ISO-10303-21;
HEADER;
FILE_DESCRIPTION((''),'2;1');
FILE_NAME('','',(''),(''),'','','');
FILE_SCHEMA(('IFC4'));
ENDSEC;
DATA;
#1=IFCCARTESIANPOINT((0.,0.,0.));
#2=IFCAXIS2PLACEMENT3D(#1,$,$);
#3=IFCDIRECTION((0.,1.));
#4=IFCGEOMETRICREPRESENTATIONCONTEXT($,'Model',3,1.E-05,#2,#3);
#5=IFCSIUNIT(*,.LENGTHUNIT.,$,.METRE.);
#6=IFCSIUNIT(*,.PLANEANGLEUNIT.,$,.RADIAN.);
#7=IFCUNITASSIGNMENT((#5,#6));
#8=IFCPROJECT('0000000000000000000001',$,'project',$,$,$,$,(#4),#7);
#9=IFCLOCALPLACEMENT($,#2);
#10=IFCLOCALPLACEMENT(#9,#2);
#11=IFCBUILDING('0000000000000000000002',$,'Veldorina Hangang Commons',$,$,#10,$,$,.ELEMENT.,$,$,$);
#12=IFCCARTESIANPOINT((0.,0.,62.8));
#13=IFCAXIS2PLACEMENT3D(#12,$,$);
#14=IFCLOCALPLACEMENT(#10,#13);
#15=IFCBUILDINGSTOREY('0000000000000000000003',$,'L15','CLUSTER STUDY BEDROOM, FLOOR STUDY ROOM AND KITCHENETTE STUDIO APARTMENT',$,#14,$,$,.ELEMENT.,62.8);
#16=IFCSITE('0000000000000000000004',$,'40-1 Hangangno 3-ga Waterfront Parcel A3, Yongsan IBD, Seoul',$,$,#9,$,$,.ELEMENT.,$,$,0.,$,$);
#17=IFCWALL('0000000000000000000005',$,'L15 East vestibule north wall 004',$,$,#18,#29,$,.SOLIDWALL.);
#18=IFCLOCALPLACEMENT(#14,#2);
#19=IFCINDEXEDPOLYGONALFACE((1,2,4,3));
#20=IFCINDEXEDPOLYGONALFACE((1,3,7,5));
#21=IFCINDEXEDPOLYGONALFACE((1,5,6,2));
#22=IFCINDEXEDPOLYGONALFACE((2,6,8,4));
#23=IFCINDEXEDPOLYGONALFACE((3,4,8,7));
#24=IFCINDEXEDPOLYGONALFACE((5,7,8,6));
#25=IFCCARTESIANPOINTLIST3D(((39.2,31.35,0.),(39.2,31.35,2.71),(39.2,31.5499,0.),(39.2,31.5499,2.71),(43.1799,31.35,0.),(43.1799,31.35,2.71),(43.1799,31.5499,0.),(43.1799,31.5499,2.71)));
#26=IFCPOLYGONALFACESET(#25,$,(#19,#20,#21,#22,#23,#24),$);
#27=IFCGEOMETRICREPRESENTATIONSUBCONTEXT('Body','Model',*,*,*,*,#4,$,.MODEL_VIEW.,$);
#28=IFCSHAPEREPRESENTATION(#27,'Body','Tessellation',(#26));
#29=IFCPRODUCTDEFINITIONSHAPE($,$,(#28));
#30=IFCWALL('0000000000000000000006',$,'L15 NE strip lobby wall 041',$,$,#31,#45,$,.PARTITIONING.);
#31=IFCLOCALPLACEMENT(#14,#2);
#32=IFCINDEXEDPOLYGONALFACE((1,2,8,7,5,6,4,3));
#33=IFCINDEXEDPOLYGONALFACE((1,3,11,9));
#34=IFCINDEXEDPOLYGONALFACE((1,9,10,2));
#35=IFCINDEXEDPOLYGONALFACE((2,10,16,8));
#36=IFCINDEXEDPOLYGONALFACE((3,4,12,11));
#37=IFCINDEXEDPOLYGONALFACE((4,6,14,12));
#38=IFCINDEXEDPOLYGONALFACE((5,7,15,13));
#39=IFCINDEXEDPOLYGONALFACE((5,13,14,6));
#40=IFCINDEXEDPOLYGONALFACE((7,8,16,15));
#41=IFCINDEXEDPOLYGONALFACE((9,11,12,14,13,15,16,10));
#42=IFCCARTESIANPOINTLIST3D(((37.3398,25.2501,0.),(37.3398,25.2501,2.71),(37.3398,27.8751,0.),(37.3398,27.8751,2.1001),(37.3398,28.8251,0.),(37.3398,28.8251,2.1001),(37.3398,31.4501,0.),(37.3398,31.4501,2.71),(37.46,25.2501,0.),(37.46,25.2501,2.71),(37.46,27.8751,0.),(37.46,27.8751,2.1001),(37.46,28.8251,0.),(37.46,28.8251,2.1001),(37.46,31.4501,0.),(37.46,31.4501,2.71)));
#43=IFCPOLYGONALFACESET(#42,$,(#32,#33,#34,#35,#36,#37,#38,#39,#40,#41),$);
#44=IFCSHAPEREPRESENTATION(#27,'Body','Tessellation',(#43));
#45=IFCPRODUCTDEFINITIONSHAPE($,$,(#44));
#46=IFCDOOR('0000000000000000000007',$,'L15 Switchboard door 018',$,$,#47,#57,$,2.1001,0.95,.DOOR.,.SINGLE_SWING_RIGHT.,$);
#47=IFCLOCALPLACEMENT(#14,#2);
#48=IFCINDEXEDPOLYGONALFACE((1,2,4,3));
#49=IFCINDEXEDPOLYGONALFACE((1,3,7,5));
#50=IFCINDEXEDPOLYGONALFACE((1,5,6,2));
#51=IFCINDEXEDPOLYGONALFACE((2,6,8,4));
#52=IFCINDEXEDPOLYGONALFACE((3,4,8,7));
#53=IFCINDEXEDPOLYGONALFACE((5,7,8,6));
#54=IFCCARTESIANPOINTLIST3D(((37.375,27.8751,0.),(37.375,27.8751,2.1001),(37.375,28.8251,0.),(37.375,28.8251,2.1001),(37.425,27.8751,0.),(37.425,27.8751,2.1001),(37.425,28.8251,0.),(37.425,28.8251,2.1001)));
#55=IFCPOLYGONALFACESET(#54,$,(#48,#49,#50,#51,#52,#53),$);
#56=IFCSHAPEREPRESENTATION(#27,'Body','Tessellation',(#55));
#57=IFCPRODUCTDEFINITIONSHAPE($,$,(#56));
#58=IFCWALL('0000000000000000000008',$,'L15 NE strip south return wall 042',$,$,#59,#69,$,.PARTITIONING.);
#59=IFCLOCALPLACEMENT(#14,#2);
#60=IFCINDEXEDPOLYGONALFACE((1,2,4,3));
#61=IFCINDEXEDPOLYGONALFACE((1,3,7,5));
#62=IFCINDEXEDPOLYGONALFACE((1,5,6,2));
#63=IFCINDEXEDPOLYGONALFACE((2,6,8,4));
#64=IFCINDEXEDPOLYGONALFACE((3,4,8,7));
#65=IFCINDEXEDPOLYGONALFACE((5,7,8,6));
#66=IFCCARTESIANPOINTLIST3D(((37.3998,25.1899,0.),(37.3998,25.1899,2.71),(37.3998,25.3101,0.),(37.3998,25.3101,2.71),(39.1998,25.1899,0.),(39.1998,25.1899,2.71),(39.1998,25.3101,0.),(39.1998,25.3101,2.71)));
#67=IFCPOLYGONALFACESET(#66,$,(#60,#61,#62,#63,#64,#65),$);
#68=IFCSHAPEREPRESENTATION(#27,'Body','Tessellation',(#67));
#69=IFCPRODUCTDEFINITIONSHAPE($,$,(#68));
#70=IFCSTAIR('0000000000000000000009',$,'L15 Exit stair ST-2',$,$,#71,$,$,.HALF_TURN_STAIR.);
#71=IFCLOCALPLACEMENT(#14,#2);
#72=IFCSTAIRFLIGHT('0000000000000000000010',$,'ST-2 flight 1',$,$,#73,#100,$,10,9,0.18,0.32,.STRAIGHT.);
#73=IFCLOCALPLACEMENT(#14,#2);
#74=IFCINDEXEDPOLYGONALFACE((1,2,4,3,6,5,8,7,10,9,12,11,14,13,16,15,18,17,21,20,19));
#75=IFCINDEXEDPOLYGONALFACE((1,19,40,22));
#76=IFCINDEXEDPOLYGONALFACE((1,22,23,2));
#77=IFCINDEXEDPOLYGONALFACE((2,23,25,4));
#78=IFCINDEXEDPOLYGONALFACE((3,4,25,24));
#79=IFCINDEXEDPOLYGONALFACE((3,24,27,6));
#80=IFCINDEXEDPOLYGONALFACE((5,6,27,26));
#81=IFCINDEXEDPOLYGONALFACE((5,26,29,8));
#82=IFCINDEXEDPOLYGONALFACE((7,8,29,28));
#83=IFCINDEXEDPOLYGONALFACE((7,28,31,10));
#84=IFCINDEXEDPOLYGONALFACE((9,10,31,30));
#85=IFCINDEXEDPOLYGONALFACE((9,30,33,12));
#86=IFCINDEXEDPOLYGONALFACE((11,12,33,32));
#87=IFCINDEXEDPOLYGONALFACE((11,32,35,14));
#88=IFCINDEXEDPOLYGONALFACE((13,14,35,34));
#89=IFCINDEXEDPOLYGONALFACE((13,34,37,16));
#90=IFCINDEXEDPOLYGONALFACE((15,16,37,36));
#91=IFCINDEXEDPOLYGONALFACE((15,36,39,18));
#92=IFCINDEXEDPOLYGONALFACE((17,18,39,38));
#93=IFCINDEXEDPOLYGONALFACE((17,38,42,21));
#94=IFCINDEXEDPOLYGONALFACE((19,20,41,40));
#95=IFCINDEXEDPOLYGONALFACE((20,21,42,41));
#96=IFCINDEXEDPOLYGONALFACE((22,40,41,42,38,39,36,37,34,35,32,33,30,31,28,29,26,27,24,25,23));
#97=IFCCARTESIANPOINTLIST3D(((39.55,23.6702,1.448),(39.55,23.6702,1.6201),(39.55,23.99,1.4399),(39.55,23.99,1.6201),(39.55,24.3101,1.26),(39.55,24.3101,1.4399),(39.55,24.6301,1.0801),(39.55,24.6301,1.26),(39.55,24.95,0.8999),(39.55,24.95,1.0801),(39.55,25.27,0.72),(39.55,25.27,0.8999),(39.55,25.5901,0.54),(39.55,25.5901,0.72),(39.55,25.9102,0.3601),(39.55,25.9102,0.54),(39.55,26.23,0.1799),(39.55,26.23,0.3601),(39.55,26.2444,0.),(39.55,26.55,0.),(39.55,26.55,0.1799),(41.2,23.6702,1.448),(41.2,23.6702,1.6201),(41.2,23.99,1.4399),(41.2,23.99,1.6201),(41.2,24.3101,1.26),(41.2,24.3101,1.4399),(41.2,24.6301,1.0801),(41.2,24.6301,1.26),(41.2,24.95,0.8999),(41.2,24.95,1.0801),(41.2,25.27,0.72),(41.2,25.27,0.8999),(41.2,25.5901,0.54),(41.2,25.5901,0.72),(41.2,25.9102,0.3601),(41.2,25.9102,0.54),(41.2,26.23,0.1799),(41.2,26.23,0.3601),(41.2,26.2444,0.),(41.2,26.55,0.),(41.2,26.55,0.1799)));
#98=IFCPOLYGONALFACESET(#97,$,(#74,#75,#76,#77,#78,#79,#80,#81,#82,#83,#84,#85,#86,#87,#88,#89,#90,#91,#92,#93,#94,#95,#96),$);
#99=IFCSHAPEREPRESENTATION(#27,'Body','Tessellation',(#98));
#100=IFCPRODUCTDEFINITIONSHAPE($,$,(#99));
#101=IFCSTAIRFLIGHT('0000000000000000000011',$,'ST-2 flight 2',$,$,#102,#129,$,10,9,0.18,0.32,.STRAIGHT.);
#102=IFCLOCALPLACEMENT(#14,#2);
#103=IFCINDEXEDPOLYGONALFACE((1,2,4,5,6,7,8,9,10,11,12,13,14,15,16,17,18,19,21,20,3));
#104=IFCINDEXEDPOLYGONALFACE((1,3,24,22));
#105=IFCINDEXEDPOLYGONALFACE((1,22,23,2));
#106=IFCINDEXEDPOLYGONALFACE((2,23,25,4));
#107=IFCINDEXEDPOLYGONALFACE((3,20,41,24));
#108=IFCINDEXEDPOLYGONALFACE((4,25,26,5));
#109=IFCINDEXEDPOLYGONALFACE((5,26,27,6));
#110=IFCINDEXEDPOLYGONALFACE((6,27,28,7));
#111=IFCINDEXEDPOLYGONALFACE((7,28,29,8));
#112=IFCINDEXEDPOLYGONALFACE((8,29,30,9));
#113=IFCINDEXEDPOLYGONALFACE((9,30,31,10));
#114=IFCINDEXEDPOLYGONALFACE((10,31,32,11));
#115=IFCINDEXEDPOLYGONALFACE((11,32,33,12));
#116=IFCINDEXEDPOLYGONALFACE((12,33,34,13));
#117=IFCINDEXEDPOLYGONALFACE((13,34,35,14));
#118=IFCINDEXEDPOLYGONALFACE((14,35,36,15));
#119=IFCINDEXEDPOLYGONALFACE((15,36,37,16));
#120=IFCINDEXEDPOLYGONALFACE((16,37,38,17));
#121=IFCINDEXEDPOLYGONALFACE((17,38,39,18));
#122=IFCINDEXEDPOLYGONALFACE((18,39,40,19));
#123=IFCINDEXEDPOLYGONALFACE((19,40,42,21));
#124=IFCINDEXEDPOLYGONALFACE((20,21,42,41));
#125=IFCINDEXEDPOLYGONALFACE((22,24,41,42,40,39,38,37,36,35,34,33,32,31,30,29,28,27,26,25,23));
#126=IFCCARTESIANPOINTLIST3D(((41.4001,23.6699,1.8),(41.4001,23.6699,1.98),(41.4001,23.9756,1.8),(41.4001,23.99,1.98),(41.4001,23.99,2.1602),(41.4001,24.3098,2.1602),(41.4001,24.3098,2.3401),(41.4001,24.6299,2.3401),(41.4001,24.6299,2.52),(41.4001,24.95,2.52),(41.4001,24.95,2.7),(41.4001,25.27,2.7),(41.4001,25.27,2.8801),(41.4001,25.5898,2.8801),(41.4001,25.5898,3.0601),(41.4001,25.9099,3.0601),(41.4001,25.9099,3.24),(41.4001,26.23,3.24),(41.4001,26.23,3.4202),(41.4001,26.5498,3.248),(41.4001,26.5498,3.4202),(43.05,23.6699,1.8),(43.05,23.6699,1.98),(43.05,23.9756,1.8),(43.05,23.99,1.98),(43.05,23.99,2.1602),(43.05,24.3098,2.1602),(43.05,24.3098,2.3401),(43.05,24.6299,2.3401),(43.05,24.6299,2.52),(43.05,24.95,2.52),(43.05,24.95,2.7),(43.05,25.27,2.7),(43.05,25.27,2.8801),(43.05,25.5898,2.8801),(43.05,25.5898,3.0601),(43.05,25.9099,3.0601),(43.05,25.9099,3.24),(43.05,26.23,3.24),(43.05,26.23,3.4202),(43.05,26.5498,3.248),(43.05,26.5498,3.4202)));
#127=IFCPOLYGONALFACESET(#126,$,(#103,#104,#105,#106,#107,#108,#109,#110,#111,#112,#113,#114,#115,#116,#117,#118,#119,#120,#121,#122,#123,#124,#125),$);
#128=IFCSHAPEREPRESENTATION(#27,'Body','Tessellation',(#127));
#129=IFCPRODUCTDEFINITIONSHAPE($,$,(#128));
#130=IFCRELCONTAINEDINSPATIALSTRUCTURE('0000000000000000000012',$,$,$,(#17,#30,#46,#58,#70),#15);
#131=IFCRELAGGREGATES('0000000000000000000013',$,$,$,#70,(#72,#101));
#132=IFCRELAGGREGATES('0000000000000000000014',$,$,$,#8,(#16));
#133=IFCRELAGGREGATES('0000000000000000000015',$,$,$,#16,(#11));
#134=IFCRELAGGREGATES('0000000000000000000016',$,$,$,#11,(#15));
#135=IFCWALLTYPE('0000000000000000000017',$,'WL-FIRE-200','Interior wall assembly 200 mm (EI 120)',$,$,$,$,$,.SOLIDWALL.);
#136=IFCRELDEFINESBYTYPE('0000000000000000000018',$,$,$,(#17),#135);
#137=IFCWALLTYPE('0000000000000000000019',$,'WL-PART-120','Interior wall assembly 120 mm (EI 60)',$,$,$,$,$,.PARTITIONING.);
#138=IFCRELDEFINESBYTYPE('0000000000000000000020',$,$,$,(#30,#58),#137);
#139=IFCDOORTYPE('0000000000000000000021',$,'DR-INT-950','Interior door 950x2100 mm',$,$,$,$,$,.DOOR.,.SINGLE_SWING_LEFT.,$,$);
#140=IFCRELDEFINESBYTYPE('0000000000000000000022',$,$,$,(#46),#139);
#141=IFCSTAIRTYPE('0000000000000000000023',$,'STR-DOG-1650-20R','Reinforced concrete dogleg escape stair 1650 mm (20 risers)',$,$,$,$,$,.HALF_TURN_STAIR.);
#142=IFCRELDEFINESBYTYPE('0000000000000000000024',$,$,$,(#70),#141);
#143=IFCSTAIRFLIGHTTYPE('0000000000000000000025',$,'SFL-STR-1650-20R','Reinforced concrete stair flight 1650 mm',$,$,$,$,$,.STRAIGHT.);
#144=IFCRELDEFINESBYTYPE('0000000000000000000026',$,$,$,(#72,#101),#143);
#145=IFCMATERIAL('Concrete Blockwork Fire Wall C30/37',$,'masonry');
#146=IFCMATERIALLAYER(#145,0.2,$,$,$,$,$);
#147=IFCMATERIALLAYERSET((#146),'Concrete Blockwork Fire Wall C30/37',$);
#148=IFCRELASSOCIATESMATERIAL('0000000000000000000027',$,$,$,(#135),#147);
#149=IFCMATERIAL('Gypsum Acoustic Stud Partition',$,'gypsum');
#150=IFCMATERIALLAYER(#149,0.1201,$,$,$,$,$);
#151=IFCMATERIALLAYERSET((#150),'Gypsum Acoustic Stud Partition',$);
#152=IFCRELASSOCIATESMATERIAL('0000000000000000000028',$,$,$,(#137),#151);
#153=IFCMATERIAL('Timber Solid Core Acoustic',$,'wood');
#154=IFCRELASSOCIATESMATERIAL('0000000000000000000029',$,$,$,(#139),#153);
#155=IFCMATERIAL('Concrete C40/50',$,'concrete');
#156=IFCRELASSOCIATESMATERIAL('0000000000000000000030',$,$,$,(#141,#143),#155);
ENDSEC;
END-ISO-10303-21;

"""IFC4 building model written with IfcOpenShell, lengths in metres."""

from ifc_helpers import new_model, si_unit, direction, frame, frame_2d, origin, place, context, subcontext, project, spatial, polyline, rectangle, outline, extrude, material, layer, layer_set, type_object, element, fill, aggregate, save


model = new_model("IFC4")

# Units and contexts
model_context = context("Model", 3, precision=1e-05, world=origin(), true_north=direction((0.0, 1.0)))
body_context = subcontext(model_context, "Body", "Model", "MODEL_VIEW")
ifc_project = project(units=[si_unit("LENGTHUNIT", "METRE"), si_unit("PLANEANGLEUNIT", "RADIAN")], contexts=[model_context])

# Site, building, storey
site_placement = place(None, origin())
site = spatial("IfcSite", under=ifc_project, at=site_placement, Name="40-1 Hangangno 3-ga Waterfront Parcel A3, Yongsan IBD, Seoul", CompositionType="ELEMENT", RefElevation=0.0)
building_placement = place(site_placement, origin())
building = spatial("IfcBuilding", under=site, at=building_placement, Name="Veldorina Hangang Commons", CompositionType="ELEMENT")
storey_placement = place(building_placement, frame((0.0, 0.0, 62.8)))
storey = spatial("IfcBuildingStorey", under=building, at=storey_placement, Name="L15", Description="CLUSTER STUDY BEDROOM, FLOOR STUDY ROOM AND KITCHENETTE STUDIO APARTMENT", CompositionType="ELEMENT", Elevation=62.8)

# Shared definitions
ifc_material_1 = material(Name="Concrete Blockwork Fire Wall C30/37", Category="masonry")
ifc_layer_1 = layer(ifc_material_1, 0.2)
ifc_layer_set_1 = layer_set([ifc_layer_1], Name="Concrete Blockwork Fire Wall C30/37")
wall_type_1 = type_object("IfcWallType", Name="WL-FIRE-200", Description="Interior wall assembly 200 mm (EI 120)", PredefinedType="SOLIDWALL", material=ifc_layer_set_1)

# Wall
wall_1_placement = place(storey_placement, frame((39.2, 31.45, 0.0), z_axis=(0.0, 0.0, 1.0), x_axis=(1.0, 0.0, 0.0)))
element("IfcWall", 1, at=wall_1_placement, inside=storey, type_object=wall_type_1, Name="L15 East vestibule north wall 004", PredefinedType="SOLIDWALL", context=body_context, shape_type="SweptSolid", body=[
    extrude(rectangle(XDim=3.98, YDim=0.2, at=frame_2d((1.99, 0.0))), origin(), (0.0, 0.0, 1.0), 2.71),
])

# Wall, opening, door
ifc_material_2 = material(Name="Gypsum Acoustic Stud Partition", Category="gypsum")
ifc_layer_2 = layer(ifc_material_2, 0.1201)
ifc_layer_set_2 = layer_set([ifc_layer_2], Name="Gypsum Acoustic Stud Partition")
wall_type_2 = type_object("IfcWallType", Name="WL-PART-120", Description="Interior wall assembly 120 mm (EI 60)", PredefinedType="PARTITIONING", material=ifc_layer_set_2)
wall_2_placement = place(storey_placement, frame((37.3999, 25.25, 0.0), z_axis=(0.0, 0.0, 1.0), x_axis=(0.0, 1.0, 0.0)))
wall_2 = element("IfcWall", 2, at=wall_2_placement, inside=storey, type_object=wall_type_2, Name="L15 NE strip lobby wall 041", PredefinedType="PARTITIONING", context=body_context, shape_type="SweptSolid", body=[
    extrude(rectangle(XDim=6.2, YDim=0.1201, at=frame_2d((3.1001, 0.0))), origin(), (0.0, 0.0, 1.0), 2.71),
])
opening_1_placement = place(wall_2_placement, frame((2.625, 0.0, 0.0)))
opening_1 = element("IfcOpeningElement", 3, at=opening_1_placement, cuts=wall_2, PredefinedType="OPENING", context=body_context, shape_type="SweptSolid", body=[
    extrude(rectangle(XDim=0.95, YDim=2.1001, at=frame_2d((0.4751, 1.05))), frame((0.0, 0.0701, 0.0), z_axis=(0.0, -1.0, 0.0), x_axis=(1.0, 0.0, 0.0)), (0.0, 0.0, 1.0), 0.1401),
])
ifc_material_3 = material(Name="Timber Solid Core Acoustic", Category="wood")
door_type_1 = type_object("IfcDoorType", Name="DR-INT-950", Description="Interior door 950x2100 mm", OperationType="SINGLE_SWING_LEFT", PredefinedType="DOOR", material=ifc_material_3)
door_1_placement = place(opening_1_placement, origin())
door_1 = element("IfcDoor", 4, at=door_1_placement, inside=storey, type_object=door_type_1, Name="L15 Switchboard door 018", OperationType="SINGLE_SWING_RIGHT", OverallHeight=2.1001, OverallWidth=0.95, PredefinedType="DOOR", context=body_context, shape_type="SweptSolid", body=[
    extrude(rectangle(XDim=0.95, YDim=2.1001, at=frame_2d((0.4751, 1.05))), frame((0.0, 0.0249, 0.0), z_axis=(0.0, -1.0, 0.0), x_axis=(1.0, 0.0, 0.0)), (0.0, 0.0, 1.0), 0.05),
])
fill(opening_1, door_1)

# Wall
wall_3_placement = place(storey_placement, frame((37.3999, 25.25, 0.0), z_axis=(0.0, 0.0, 1.0), x_axis=(1.0, 0.0, 0.0)))
element("IfcWall", 5, at=wall_3_placement, inside=storey, type_object=wall_type_2, Name="L15 NE strip south return wall 042", PredefinedType="PARTITIONING", context=body_context, shape_type="SweptSolid", body=[
    extrude(rectangle(XDim=1.8, YDim=0.1201, at=frame_2d((0.8999, 0.0))), origin(), (0.0, 0.0, 1.0), 2.71),
])

# Stair, stair flights
ifc_material_4 = material(Name="Concrete C40/50", Category="concrete")
stair_type = type_object("IfcStairType", Name="STR-DOG-1650-20R", Description="Reinforced concrete dogleg escape stair 1650 mm (20 risers)", PredefinedType="HALF_TURN_STAIR", material=ifc_material_4)
stair_placement = place(storey_placement, origin())
stair = element("IfcStair", 6, at=stair_placement, inside=storey, type_object=stair_type, Name="L15 Exit stair ST-2", PredefinedType="HALF_TURN_STAIR")
stair_flight_type = type_object("IfcStairFlightType", Name="SFL-STR-1650-20R", Description="Reinforced concrete stair flight 1650 mm", PredefinedType="STRAIGHT", material=ifc_material_4)
stair_flight_1_placement = place(storey_placement, frame((40.375, 26.55, 0.0), z_axis=(0.0, 0.0, 1.0), x_axis=(0.0, -1.0, 0.0)))
stair_flight_1 = element("IfcStairFlight", 7, at=stair_flight_1_placement, type_object=stair_flight_type, Name="ST-2 flight 1", NumberOfRisers=10, NumberOfTreads=9, PredefinedType="STRAIGHT", RiserHeight=0.18, TreadLength=0.32, context=body_context, shape_type="SweptSolid", body=[
    extrude(outline(polyline([(0.0, 0.0), (0.0, 0.1799), (0.3201, 0.1799), (0.3201, 0.3601), (0.6399, 0.3601), (0.6399, 0.54), (0.96, 0.54), (0.96, 0.72), (1.28, 0.72), (1.28, 0.8999), (1.6001, 0.8999), (1.6001, 1.0801), (1.9199, 1.0801), (1.9199, 1.26), (2.24, 1.26), (2.24, 1.4399), (2.5601, 1.4399), (2.5601, 1.6201), (2.8799, 1.6201), (2.8799, 1.8), (2.8799, 1.448), (0.3057, 0.0), (0.0, 0.0)])), frame((0.0, 0.825, 0.0), z_axis=(0.0, -1.0, 0.0), x_axis=(1.0, 0.0, 0.0)), (0.0, 0.0, 1.0), 1.6499),
])
stair_flight_2_placement = place(storey_placement, frame((42.2251, 23.6699, 1.8), z_axis=(0.0, 0.0, 1.0), x_axis=(0.0, 1.0, 0.0)))
stair_flight_2 = element("IfcStairFlight", 8, at=stair_flight_2_placement, type_object=stair_flight_type, Name="ST-2 flight 2", NumberOfRisers=10, NumberOfTreads=9, PredefinedType="STRAIGHT", RiserHeight=0.18, TreadLength=0.32, context=body_context, shape_type="SweptSolid", body=[
    extrude(outline(polyline([(0.0, 0.0), (0.0, 0.1799), (0.3201, 0.1799), (0.3201, 0.3601), (0.6399, 0.3601), (0.6399, 0.54), (0.96, 0.54), (0.96, 0.72), (1.28, 0.72), (1.28, 0.8999), (1.6001, 0.8999), (1.6001, 1.0801), (1.9199, 1.0801), (1.9199, 1.26), (2.24, 1.26), (2.24, 1.4399), (2.5601, 1.4399), (2.5601, 1.6201), (2.8799, 1.6201), (2.8799, 1.8), (2.8799, 1.448), (0.3057, 0.0), (0.0, 0.0)])), frame((0.0, 0.825, 0.0), z_axis=(0.0, -1.0, 0.0), x_axis=(1.0, 0.0, 0.0)), (0.0, 0.0, 1.0), 1.6499),
])
aggregate(stair, [stair_flight_1, stair_flight_2])

save(model, "model.ifc")
